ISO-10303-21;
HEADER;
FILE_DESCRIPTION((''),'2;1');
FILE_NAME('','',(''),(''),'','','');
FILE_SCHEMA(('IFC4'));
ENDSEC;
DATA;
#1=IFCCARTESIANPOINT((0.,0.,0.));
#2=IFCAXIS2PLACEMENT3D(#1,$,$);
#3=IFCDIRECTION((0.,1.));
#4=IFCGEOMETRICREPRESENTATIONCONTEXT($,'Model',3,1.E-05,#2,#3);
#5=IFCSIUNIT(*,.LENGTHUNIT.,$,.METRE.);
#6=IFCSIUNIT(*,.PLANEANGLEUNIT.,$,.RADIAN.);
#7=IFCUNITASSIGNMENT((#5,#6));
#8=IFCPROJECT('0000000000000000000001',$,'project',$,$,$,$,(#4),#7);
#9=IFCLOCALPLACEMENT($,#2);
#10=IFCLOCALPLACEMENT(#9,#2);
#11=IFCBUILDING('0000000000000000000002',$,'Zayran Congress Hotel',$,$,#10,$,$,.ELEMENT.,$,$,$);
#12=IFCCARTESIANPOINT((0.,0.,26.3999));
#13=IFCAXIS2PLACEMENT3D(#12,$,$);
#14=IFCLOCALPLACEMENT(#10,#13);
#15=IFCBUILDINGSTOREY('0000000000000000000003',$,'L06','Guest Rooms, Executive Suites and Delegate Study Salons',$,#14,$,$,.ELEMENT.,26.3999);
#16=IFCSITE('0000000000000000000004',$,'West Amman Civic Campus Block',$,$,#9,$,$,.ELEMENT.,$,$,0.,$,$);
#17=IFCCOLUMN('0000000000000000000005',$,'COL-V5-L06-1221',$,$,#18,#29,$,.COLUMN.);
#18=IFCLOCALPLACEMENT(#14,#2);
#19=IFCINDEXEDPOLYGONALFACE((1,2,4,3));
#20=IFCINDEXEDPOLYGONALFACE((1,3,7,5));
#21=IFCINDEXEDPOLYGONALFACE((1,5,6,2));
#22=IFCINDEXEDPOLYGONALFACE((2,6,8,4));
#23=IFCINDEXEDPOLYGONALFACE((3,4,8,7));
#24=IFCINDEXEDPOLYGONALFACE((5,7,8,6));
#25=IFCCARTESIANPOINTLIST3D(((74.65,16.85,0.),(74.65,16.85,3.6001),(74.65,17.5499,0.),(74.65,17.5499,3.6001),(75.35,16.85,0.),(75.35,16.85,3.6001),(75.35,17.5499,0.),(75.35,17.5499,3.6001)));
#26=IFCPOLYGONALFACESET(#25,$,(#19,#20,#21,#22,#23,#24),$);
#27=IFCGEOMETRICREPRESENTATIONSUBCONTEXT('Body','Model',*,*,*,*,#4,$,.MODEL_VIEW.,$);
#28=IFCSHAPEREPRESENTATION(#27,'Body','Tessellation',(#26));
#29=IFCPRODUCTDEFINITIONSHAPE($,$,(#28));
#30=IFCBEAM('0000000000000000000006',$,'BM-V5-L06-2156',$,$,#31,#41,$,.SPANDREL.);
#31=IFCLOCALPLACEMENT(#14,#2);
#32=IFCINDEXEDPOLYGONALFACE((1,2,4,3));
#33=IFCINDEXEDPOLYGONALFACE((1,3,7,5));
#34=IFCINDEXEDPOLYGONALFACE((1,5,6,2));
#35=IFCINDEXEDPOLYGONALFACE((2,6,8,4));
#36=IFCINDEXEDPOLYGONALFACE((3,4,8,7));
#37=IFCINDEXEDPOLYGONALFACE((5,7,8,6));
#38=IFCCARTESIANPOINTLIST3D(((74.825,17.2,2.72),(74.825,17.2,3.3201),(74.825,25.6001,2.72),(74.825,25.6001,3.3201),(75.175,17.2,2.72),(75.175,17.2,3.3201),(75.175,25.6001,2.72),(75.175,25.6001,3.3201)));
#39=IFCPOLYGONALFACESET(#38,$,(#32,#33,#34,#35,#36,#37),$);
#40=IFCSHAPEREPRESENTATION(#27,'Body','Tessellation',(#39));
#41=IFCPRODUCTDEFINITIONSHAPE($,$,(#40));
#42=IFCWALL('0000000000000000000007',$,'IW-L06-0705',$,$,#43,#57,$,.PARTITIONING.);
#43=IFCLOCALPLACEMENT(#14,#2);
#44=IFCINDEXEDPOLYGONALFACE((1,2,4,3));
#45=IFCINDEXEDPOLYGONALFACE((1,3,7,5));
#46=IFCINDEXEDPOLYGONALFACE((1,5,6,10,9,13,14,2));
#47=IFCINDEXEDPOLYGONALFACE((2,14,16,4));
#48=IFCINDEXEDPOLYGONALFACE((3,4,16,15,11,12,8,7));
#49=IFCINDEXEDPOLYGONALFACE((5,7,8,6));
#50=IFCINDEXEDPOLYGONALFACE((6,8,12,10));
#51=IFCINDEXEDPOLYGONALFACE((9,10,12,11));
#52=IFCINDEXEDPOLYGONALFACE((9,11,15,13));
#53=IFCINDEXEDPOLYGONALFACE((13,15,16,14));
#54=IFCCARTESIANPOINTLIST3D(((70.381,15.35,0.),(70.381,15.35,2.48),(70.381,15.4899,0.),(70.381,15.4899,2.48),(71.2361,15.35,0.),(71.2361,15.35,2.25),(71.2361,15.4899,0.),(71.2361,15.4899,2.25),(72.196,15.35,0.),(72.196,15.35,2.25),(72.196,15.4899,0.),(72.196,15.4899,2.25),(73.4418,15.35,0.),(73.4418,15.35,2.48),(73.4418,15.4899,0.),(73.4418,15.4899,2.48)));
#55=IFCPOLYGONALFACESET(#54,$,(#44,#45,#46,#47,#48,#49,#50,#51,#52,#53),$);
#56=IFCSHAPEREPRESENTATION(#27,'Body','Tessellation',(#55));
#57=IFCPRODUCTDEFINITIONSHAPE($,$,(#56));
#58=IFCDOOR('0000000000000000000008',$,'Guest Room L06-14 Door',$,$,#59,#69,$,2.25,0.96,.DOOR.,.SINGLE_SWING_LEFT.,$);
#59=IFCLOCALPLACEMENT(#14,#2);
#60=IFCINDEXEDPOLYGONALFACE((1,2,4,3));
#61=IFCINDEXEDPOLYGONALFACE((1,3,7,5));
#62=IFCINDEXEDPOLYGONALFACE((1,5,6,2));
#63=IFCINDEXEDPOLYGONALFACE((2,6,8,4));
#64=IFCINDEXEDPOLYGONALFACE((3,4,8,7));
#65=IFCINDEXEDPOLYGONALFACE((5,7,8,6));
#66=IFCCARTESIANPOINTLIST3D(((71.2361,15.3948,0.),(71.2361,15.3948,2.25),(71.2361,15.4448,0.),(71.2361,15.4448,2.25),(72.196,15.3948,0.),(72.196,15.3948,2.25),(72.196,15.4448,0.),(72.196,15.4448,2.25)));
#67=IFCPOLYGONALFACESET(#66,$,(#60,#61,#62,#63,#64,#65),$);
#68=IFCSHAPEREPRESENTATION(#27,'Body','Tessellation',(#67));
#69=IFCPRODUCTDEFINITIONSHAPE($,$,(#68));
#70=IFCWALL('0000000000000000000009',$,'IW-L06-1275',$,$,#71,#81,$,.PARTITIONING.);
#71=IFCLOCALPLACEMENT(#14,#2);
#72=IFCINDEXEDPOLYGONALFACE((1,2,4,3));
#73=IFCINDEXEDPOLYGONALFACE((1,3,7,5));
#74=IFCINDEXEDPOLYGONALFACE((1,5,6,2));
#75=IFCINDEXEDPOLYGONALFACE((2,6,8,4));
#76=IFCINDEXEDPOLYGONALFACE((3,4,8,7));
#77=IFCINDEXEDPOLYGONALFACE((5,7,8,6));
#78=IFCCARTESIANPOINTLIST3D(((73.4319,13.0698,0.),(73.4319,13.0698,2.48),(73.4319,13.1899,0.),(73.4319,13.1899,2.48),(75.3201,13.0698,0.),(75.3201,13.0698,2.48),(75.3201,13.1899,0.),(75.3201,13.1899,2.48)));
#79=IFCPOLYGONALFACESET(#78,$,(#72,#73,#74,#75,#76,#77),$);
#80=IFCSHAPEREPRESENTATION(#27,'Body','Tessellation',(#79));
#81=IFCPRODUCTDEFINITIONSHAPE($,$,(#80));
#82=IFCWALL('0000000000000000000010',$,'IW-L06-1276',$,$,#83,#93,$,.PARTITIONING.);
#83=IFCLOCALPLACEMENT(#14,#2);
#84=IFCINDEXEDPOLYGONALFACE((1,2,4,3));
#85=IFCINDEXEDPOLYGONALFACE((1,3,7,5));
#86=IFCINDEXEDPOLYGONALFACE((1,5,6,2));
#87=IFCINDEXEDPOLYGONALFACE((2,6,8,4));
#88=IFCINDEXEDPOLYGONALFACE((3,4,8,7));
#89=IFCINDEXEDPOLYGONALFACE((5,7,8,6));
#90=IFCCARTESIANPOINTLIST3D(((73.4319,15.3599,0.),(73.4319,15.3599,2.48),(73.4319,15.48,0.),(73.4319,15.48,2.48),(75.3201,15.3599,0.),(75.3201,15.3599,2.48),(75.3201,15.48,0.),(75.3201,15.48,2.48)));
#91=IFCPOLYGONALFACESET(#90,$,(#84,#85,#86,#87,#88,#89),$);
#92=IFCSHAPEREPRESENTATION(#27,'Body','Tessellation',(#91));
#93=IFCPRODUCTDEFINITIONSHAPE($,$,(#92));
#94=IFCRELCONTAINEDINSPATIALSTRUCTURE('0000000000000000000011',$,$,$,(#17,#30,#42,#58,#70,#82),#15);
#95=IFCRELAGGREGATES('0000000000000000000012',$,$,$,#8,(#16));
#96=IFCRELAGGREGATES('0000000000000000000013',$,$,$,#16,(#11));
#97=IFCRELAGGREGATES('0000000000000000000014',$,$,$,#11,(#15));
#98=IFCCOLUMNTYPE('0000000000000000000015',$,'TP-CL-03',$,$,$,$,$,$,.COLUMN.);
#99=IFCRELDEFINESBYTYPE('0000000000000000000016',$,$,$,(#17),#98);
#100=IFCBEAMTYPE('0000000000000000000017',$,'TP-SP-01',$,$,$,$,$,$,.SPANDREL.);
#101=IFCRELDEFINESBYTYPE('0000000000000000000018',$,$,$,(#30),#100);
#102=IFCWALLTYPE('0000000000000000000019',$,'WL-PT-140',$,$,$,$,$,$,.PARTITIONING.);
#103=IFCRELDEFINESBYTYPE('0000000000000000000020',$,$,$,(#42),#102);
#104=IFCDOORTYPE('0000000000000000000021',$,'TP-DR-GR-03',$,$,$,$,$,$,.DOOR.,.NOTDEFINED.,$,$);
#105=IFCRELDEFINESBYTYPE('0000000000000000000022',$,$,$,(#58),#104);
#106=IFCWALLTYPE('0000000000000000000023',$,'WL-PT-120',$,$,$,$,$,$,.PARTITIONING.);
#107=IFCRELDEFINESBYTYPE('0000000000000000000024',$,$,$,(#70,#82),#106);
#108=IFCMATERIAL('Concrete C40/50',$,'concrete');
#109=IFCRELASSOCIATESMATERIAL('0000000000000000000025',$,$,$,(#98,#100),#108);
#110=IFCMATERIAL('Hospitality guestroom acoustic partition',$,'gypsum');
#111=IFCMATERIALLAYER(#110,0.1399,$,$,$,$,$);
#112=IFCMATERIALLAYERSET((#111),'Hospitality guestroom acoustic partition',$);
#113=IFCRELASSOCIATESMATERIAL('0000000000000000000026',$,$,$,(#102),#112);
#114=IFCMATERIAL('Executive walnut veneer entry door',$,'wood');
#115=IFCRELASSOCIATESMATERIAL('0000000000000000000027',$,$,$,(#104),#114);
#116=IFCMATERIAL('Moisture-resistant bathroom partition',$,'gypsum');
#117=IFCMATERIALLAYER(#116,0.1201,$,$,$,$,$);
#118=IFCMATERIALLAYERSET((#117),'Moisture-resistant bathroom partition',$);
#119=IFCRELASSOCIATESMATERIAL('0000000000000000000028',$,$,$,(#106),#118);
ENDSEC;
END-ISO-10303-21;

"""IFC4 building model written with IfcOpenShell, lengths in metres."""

from ifc_helpers import new_model, si_unit, direction, frame, frame_2d, origin, origin_2d, place, context, subcontext, project, spatial, rectangle, extrude, material, layer, layer_set, material_profile, profile_set, type_object, element, fill, save


model = new_model("IFC4")

# Units and contexts
model_context = context("Model", 3, precision=1e-05, world=origin(), true_north=direction((0.0, 1.0)))
body_context = subcontext(model_context, "Body", "Model", "MODEL_VIEW")
ifc_project = project(units=[si_unit("LENGTHUNIT", "METRE"), si_unit("PLANEANGLEUNIT", "RADIAN")], contexts=[model_context])

# Site, building, storey
site_placement = place(None, origin())
site = spatial("IfcSite", under=ifc_project, at=site_placement, Name="West Amman Civic Campus Block", CompositionType="ELEMENT", RefElevation=0.0)
building_placement = place(site_placement, origin())
building = spatial("IfcBuilding", under=site, at=building_placement, Name="Zayran Congress Hotel", CompositionType="ELEMENT")
storey_placement = place(building_placement, frame((0.0, 0.0, 26.3999)))
storey = spatial("IfcBuildingStorey", under=building, at=storey_placement, Name="L06", Description="Guest Rooms, Executive Suites and Delegate Study Salons", CompositionType="ELEMENT", Elevation=26.3999)

# Column
ifc_material_1 = material(Name="Concrete C40/50", Category="concrete")
ifc_material_profile_1 = material_profile(ifc_material_1, rectangle(XDim=0.7, YDim=0.7, at=origin_2d()), Name="RC 700x700")
ifc_profile_set_1 = profile_set([ifc_material_profile_1], Name="Concrete C40/50")
column_type = type_object("IfcColumnType", Name="TP-CL-03", PredefinedType="COLUMN", material=ifc_profile_set_1)
column_placement = place(storey_placement, frame((75.0, 17.2, 0.0), z_axis=(0.0, 0.0, 1.0), x_axis=(1.0, 0.0, 0.0)))
element("IfcColumn", 1, at=column_placement, inside=storey, type_object=column_type, Name="COL-V5-L06-1221", PredefinedType="COLUMN", context=body_context, shape_type="SweptSolid", body=[
    extrude(rectangle(XDim=0.7, YDim=0.7, at=origin_2d()), origin(), (0.0, 0.0, 1.0), 3.6001),
])

# Beam
ifc_material_profile_2 = material_profile(ifc_material_1, rectangle(XDim=0.3501, YDim=0.6001, at=origin_2d()), Name="RC 350x600")
ifc_profile_set_2 = profile_set([ifc_material_profile_2], Name="Concrete C40/50")
beam_type = type_object("IfcBeamType", Name="TP-SP-01", PredefinedType="SPANDREL", material=ifc_profile_set_2)
beam_placement = place(storey_placement, frame((75.0, 17.2, 3.02), z_axis=(0.0, 1.0, 0.0), x_axis=(-1.0, 0.0, 0.0)))
element("IfcBeam", 2, at=beam_placement, inside=storey, type_object=beam_type, Name="BM-V5-L06-2156", PredefinedType="SPANDREL", context=body_context, shape_type="SweptSolid", body=[
    extrude(rectangle(XDim=0.3501, YDim=0.6001, at=origin_2d()), origin(), (0.0, 0.0, 1.0), 8.4001),
])

# Wall, opening, door
ifc_material_2 = material(Name="Hospitality guestroom acoustic partition", Category="gypsum")
ifc_layer_1 = layer(ifc_material_2, 0.1399)
ifc_layer_set_1 = layer_set([ifc_layer_1], Name="Hospitality guestroom acoustic partition")
wall_type_1 = type_object("IfcWallType", Name="WL-PT-140", PredefinedType="PARTITIONING", material=ifc_layer_set_1)
wall_1_placement = place(storey_placement, frame((70.3811, 15.4199, 0.0), z_axis=(0.0, 0.0, 1.0), x_axis=(1.0, 0.0, 0.0)))
wall_1 = element("IfcWall", 3, at=wall_1_placement, inside=storey, type_object=wall_type_1, Name="IW-L06-0705", PredefinedType="PARTITIONING", context=body_context, shape_type="SweptSolid", body=[
    extrude(rectangle(XDim=3.0608, YDim=0.1399, at=frame_2d((1.5303, 0.0))), origin(), (0.0, 0.0, 1.0), 2.48),
])
opening_1_placement = place(wall_1_placement, frame((0.855, 0.0, 0.0)))
opening_1 = element("IfcOpeningElement", 4, at=opening_1_placement, cuts=wall_1, PredefinedType="OPENING", context=body_context, shape_type="SweptSolid", body=[
    extrude(rectangle(XDim=0.96, YDim=2.25, at=frame_2d((0.48, 1.125))), frame((0.0, 0.0798, 0.0), z_axis=(0.0, -1.0, 0.0), x_axis=(1.0, 0.0, 0.0)), (0.0, 0.0, 1.0), 0.1599),
])
ifc_material_3 = material(Name="Executive walnut veneer entry door", Category="wood")
door_type_1 = type_object("IfcDoorType", Name="TP-DR-GR-03", OperationType="NOTDEFINED", PredefinedType="DOOR", material=ifc_material_3)
door_1_placement = place(opening_1_placement, origin())
door_1 = element("IfcDoor", 5, at=door_1_placement, inside=storey, type_object=door_type_1, Name="Guest Room L06-14 Door", OperationType="SINGLE_SWING_LEFT", OverallHeight=2.25, OverallWidth=0.96, PredefinedType="DOOR", context=body_context, shape_type="SweptSolid", body=[
    extrude(rectangle(XDim=0.96, YDim=2.25, at=frame_2d((0.48, 1.125))), frame((0.0, 0.0249, 0.0), z_axis=(0.0, -1.0, 0.0), x_axis=(1.0, 0.0, 0.0)), (0.0, 0.0, 1.0), 0.05),
])
fill(opening_1, door_1)
ifc_material_4 = material(Name="Moisture-resistant bathroom partition", Category="gypsum")
ifc_layer_2 = layer(ifc_material_4, 0.1201)
ifc_layer_set_2 = layer_set([ifc_layer_2], Name="Moisture-resistant bathroom partition")
wall_type_2 = type_object("IfcWallType", Name="WL-PT-120", PredefinedType="PARTITIONING", material=ifc_layer_set_2)

# Walls
for number, where, z_axis, x_axis, name in (
    (6, (73.4319, 13.1299, 0.0), (0.0, 0.0, 1.0), (1.0, 0.0, 0.0), "IW-L06-1275"),
    (7, (73.4319, 15.4199, 0.0), (0.0, 0.0, 1.0), (1.0, 0.0, 0.0), "IW-L06-1276"),
):
    element("IfcWall", number, at=place(storey_placement, frame(where, z_axis=z_axis, x_axis=x_axis)), inside=storey, type_object=wall_type_2, Name=name, PredefinedType="PARTITIONING", context=body_context, shape_type="SweptSolid", body=[
        extrude(rectangle(XDim=1.8882, YDim=0.1201, at=frame_2d((0.9441, 0.0))), origin(), (0.0, 0.0, 1.0), 2.48),
    ])

save(model, "model.ifc")
